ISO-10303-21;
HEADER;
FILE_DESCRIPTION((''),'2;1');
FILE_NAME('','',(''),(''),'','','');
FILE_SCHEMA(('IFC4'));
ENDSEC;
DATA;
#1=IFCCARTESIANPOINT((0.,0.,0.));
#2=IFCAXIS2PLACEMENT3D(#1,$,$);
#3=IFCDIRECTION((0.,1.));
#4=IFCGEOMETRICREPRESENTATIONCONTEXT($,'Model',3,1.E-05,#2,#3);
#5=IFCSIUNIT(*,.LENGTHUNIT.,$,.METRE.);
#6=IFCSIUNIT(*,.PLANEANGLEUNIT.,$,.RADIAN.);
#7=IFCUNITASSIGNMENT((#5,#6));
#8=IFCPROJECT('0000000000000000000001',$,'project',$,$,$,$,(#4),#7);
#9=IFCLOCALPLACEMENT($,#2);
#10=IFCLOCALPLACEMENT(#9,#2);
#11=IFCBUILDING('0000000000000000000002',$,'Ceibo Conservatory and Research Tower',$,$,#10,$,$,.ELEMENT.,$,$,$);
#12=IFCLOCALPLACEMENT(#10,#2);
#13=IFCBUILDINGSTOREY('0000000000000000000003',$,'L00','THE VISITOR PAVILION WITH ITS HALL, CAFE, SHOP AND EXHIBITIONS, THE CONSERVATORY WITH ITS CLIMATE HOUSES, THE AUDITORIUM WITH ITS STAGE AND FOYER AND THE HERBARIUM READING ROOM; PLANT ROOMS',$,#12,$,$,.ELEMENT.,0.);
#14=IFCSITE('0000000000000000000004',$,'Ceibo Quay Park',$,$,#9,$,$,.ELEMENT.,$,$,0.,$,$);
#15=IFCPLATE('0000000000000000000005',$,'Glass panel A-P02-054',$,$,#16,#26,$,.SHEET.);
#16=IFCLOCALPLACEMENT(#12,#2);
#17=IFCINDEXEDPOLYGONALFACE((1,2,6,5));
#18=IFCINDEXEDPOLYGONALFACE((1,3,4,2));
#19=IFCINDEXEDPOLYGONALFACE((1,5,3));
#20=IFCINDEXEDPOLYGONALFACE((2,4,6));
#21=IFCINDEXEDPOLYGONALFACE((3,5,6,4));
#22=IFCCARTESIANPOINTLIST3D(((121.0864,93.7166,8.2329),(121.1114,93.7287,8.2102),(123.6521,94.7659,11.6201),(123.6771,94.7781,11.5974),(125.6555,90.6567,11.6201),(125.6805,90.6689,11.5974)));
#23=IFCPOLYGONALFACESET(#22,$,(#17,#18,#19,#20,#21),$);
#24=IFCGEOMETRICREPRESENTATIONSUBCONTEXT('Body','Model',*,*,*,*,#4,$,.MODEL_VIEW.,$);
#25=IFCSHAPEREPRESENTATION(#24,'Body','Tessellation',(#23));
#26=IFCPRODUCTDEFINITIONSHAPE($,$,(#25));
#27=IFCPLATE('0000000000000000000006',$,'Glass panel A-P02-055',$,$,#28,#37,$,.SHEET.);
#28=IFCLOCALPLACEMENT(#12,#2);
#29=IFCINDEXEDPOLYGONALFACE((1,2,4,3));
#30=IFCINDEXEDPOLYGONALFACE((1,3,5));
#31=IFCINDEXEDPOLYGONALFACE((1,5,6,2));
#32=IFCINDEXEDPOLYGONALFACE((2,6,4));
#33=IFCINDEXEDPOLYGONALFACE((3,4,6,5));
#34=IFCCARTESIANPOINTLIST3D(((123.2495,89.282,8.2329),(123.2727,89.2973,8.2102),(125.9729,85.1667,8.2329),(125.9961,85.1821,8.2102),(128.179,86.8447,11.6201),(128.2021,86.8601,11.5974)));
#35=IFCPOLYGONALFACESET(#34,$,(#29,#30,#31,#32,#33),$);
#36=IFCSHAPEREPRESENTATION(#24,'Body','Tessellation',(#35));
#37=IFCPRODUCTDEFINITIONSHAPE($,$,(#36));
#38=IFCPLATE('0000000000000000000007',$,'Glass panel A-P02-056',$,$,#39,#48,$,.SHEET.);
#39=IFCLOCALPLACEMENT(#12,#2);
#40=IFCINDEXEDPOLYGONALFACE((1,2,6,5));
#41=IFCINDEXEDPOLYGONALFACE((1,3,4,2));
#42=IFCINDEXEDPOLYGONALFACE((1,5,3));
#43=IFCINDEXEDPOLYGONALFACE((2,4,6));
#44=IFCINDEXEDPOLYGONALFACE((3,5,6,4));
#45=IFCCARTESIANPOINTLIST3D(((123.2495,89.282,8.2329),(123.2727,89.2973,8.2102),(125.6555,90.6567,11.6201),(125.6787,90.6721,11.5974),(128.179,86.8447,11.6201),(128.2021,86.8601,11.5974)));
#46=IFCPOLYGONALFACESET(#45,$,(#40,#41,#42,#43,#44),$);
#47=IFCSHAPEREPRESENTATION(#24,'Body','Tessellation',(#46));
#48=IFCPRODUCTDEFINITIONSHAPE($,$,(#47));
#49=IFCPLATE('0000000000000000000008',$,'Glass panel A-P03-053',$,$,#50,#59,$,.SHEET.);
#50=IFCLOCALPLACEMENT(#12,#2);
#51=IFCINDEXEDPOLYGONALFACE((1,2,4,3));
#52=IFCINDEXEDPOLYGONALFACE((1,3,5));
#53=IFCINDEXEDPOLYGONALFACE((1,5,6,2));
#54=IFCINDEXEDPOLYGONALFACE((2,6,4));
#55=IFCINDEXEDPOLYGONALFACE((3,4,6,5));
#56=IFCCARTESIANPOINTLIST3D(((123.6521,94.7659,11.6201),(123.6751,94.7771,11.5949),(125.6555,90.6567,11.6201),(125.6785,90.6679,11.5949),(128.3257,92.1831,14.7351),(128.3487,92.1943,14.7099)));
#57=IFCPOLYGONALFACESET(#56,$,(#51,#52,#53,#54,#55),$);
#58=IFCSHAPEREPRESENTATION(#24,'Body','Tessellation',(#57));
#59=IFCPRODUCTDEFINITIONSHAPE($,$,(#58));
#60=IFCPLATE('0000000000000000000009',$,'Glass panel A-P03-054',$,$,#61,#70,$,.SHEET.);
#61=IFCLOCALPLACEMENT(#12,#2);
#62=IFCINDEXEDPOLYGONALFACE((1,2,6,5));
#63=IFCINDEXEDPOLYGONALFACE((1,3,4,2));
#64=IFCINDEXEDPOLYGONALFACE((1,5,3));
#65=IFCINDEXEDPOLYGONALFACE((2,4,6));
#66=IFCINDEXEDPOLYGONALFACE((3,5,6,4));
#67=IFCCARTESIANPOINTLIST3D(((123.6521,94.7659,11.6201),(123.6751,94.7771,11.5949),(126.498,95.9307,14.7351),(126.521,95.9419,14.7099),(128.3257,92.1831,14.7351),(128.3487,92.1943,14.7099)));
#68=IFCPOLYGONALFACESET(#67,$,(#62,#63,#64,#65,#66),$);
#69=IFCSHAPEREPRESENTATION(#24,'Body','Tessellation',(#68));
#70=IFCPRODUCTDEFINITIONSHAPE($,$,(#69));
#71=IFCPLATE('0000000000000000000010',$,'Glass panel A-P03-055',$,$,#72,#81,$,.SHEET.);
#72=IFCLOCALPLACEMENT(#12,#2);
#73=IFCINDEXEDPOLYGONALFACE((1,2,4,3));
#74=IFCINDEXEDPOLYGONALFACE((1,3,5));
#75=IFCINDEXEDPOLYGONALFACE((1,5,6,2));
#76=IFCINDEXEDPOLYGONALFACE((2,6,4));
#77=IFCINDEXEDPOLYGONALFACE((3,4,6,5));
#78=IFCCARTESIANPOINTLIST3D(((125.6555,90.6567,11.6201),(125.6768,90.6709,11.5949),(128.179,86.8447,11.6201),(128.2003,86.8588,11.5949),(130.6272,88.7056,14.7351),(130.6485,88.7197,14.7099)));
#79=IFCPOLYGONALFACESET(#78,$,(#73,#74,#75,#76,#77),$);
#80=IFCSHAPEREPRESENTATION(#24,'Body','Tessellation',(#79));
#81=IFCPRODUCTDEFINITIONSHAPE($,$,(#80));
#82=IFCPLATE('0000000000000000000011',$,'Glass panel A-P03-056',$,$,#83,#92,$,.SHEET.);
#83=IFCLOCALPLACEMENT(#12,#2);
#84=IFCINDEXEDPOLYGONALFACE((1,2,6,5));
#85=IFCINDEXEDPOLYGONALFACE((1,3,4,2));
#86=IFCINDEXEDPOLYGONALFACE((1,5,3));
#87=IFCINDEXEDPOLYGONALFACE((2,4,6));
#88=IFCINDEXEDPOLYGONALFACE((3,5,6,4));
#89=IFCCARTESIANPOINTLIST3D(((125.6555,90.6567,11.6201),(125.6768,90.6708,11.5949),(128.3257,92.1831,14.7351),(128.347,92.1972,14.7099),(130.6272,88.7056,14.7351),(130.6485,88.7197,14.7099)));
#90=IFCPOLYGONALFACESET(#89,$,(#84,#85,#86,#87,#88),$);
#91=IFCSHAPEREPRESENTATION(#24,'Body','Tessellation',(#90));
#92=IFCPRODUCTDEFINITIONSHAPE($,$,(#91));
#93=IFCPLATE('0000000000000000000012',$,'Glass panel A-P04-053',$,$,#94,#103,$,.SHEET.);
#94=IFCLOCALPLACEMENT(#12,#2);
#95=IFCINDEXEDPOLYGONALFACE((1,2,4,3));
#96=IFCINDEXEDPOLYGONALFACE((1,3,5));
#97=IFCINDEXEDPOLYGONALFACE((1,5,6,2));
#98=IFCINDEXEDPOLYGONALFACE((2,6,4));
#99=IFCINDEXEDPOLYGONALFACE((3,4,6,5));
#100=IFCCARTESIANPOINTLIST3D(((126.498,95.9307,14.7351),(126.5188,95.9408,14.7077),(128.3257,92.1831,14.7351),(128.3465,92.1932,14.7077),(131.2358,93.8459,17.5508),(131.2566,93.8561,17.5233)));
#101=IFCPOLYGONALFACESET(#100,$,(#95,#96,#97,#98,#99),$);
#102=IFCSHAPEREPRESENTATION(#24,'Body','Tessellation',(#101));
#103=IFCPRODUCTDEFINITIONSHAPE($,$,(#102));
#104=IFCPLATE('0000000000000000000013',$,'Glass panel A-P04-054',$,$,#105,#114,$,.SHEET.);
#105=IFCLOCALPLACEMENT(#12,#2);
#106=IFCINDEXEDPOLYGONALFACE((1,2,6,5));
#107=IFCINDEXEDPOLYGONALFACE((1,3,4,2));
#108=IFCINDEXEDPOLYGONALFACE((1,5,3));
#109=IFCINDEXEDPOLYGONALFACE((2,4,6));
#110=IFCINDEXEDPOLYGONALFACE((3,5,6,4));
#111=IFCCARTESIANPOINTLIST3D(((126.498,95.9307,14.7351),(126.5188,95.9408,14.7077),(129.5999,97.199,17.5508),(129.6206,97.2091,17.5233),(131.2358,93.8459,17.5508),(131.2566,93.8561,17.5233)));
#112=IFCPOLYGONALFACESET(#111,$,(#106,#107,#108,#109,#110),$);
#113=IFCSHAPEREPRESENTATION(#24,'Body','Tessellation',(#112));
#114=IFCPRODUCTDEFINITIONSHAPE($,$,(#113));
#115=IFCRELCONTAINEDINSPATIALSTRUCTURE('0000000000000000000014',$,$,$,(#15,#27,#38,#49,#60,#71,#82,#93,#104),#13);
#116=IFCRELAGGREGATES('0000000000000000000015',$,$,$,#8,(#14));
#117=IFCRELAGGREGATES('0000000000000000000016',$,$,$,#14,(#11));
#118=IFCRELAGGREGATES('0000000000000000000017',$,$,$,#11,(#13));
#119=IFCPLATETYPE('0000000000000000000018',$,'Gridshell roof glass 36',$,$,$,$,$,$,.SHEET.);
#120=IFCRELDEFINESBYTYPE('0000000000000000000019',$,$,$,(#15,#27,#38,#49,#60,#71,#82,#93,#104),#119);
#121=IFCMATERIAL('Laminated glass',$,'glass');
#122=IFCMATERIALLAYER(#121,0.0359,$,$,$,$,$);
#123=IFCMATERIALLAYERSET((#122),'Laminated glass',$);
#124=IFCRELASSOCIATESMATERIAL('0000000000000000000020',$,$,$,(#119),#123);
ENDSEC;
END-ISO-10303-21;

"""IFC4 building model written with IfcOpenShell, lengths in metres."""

from ifc_helpers import new_model, si_unit, direction, frame, origin, place, context, subcontext, project, spatial, polyline, outline, extrude, material, layer, layer_set, type_object, element, save


model = new_model("IFC4")

# Units and contexts
model_context = context("Model", 3, precision=1e-05, world=origin(), true_north=direction((0.0, 1.0)))
body_context = subcontext(model_context, "Body", "Model", "MODEL_VIEW")
ifc_project = project(units=[si_unit("LENGTHUNIT", "METRE"), si_unit("PLANEANGLEUNIT", "RADIAN")], contexts=[model_context])

# Site, building, storey
site_placement = place(None, origin())
site = spatial("IfcSite", under=ifc_project, at=site_placement, Name="Ceibo Quay Park", CompositionType="ELEMENT", RefElevation=0.0)
building_placement = place(site_placement, origin())
building = spatial("IfcBuilding", under=site, at=building_placement, Name="Ceibo Conservatory and Research Tower", CompositionType="ELEMENT")
storey_placement = place(building_placement, origin())
storey = spatial("IfcBuildingStorey", under=building, at=storey_placement, Name="L00", Description="THE VISITOR PAVILION WITH ITS HALL, CAFE, SHOP AND EXHIBITIONS, THE CONSERVATORY WITH ITS CLIMATE HOUSES, THE AUDITORIUM WITH ITS STAGE AND FOYER AND THE HERBARIUM READING ROOM; PLANT ROOMS", CompositionType="ELEMENT", Elevation=0.0)

# Plates
ifc_material_1 = material(Name="Laminated glass", Category="glass")
ifc_layer = layer(ifc_material_1, 0.0359)
ifc_layer_set = layer_set([ifc_layer], Name="Laminated glass")
plate_type = type_object("IfcPlateType", Name="Gridshell roof glass 36", PredefinedType="SHEET", material=ifc_layer_set)
plate_1_placement = place(storey_placement, frame((121.0864, 93.7166, 8.2329), z_axis=(-0.696213, -0.339441, 0.632508), x_axis=(0.707454, -0.473765, 0.524457)))
element("IfcPlate", 1, at=plate_1_placement, inside=storey, type_object=plate_type, Name="Glass panel A-P02-054", PredefinedType="SHEET", context=body_context, shape_type="SweptSolid", body=[
    extrude(outline(polyline([(0.0, 0.0), (6.4585, 0.0), (3.0944, 3.0954), (0.0, 0.0)])), origin(), (0.0, 0.0, -1.0), 0.0359),
])
plate_2_placement = place(storey_placement, frame((123.2495, 89.282, 8.2329), z_axis=(-0.645948, -0.427477, 0.632467), x_axis=(0.551877, -0.833926, 0.0)))
element("IfcPlate", 2, at=plate_2_placement, inside=storey, type_object=plate_type, Name="Glass panel A-P02-055", PredefinedType="SHEET", context=body_context, shape_type="SweptSolid", body=[
    extrude(outline(polyline([(0.0, 0.0), (4.9348, 0.0), (4.7529, 4.3729), (0.0, 0.0)])), origin(), (0.0, 0.0, -1.0), 0.0359),
])
plate_3_placement = place(storey_placement, frame((123.2495, 89.282, 8.2329), z_axis=(-0.645951, -0.4276, 0.632381), x_axis=(0.763244, -0.377369, 0.524454)))
element("IfcPlate", 3, at=plate_3_placement, inside=storey, type_object=plate_type, Name="Glass panel A-P02-056", PredefinedType="SHEET", context=body_context, shape_type="SweptSolid", body=[
    extrude(outline(polyline([(0.0, 0.0), (6.4585, 0.0), (3.094, 3.095), (0.0, 0.0)])), origin(), (0.0, 0.0, -1.0), 0.0359),
])
plate_4_placement = place(storey_placement, frame((123.6521, 94.7659, 11.6201), z_axis=(-0.640296, -0.312178, 0.70183), x_axis=(0.438241, -0.898858, 0.0)))
element("IfcPlate", 4, at=plate_4_placement, inside=storey, type_object=plate_type, Name="Glass panel A-P03-053", PredefinedType="SHEET", context=body_context, shape_type="SweptSolid", body=[
    extrude(outline(polyline([(0.0, 0.0), (4.5715, 0.0), (4.3697, 4.3729), (0.0, 0.0)])), origin(), (0.0, 0.0, -1.0), 0.0359),
])
plate_5_placement = place(storey_placement, frame((123.6521, 94.7659, 11.6201), z_axis=(-0.640311, -0.312271, 0.701775), x_axis=(0.756008, -0.417793, 0.503887)))
element("IfcPlate", 5, at=plate_5_placement, inside=storey, type_object=plate_type, Name="Glass panel A-P03-054", PredefinedType="SHEET", context=body_context, shape_type="SweptSolid", body=[
    extrude(outline(polyline([(0.0, 0.0), (6.1819, 0.0), (3.2345, 2.9491), (0.0, 0.0)])), origin(), (0.0, 0.0, -1.0), 0.0359),
])
plate_6_placement = place(storey_placement, frame((125.6555, 90.6567, 11.6201), z_axis=(-0.594027, -0.393228, 0.701786), x_axis=(0.551986, -0.833853, 0.0)))
element("IfcPlate", 6, at=plate_6_placement, inside=storey, type_object=plate_type, Name="Glass panel A-P03-055", PredefinedType="SHEET", context=body_context, shape_type="SweptSolid", body=[
    extrude(outline(polyline([(0.0, 0.0), (4.5716, 0.0), (4.3713, 4.3726), (0.0, 0.0)])), origin(), (0.0, 0.0, -1.0), 0.0359),
])
plate_7_placement = place(storey_placement, frame((125.6555, 90.6567, 11.6201), z_axis=(-0.594025, -0.393139, 0.701838), x_axis=(0.804106, -0.315577, 0.50381)))
element("IfcPlate", 7, at=plate_7_placement, inside=storey, type_object=plate_type, Name="Glass panel A-P03-056", PredefinedType="SHEET", context=body_context, shape_type="SweptSolid", body=[
    extrude(outline(polyline([(0.0, 0.0), (6.1829, 0.0), (3.2348, 2.9494), (0.0, 0.0)])), origin(), (0.0, 0.0, -1.0), 0.0359),
])
plate_8_placement = place(storey_placement, frame((126.498, 95.9307, 14.7351), z_axis=(-0.578859, -0.282302, 0.765002), x_axis=(0.438338, -0.89881, 0.0)))
element("IfcPlate", 8, at=plate_8_placement, inside=storey, type_object=plate_type, Name="Glass panel A-P04-053", PredefinedType="SHEET", context=body_context, shape_type="SweptSolid", body=[
    extrude(outline(polyline([(0.0, 0.0), (4.1695, 0.0), (3.9505, 4.372), (0.0, 0.0)])), origin(), (0.0, 0.0, -1.0), 0.0359),
])
plate_9_placement = place(storey_placement, frame((126.498, 95.9307, 14.7351), z_axis=(-0.578881, -0.282444, 0.764933), x_axis=(0.804047, -0.353796, 0.477846)))
element("IfcPlate", 9, at=plate_9_placement, inside=storey, type_object=plate_type, Name="Glass panel A-P04-054", PredefinedType="SHEET", context=body_context, shape_type="SweptSolid", body=[
    extrude(outline(polyline([(0.0, 0.0), (5.8924, 0.0), (3.3907, 2.7678), (0.0, 0.0)])), origin(), (0.0, 0.0, -1.0), 0.0359),
])

save(model, "model.ifc")
